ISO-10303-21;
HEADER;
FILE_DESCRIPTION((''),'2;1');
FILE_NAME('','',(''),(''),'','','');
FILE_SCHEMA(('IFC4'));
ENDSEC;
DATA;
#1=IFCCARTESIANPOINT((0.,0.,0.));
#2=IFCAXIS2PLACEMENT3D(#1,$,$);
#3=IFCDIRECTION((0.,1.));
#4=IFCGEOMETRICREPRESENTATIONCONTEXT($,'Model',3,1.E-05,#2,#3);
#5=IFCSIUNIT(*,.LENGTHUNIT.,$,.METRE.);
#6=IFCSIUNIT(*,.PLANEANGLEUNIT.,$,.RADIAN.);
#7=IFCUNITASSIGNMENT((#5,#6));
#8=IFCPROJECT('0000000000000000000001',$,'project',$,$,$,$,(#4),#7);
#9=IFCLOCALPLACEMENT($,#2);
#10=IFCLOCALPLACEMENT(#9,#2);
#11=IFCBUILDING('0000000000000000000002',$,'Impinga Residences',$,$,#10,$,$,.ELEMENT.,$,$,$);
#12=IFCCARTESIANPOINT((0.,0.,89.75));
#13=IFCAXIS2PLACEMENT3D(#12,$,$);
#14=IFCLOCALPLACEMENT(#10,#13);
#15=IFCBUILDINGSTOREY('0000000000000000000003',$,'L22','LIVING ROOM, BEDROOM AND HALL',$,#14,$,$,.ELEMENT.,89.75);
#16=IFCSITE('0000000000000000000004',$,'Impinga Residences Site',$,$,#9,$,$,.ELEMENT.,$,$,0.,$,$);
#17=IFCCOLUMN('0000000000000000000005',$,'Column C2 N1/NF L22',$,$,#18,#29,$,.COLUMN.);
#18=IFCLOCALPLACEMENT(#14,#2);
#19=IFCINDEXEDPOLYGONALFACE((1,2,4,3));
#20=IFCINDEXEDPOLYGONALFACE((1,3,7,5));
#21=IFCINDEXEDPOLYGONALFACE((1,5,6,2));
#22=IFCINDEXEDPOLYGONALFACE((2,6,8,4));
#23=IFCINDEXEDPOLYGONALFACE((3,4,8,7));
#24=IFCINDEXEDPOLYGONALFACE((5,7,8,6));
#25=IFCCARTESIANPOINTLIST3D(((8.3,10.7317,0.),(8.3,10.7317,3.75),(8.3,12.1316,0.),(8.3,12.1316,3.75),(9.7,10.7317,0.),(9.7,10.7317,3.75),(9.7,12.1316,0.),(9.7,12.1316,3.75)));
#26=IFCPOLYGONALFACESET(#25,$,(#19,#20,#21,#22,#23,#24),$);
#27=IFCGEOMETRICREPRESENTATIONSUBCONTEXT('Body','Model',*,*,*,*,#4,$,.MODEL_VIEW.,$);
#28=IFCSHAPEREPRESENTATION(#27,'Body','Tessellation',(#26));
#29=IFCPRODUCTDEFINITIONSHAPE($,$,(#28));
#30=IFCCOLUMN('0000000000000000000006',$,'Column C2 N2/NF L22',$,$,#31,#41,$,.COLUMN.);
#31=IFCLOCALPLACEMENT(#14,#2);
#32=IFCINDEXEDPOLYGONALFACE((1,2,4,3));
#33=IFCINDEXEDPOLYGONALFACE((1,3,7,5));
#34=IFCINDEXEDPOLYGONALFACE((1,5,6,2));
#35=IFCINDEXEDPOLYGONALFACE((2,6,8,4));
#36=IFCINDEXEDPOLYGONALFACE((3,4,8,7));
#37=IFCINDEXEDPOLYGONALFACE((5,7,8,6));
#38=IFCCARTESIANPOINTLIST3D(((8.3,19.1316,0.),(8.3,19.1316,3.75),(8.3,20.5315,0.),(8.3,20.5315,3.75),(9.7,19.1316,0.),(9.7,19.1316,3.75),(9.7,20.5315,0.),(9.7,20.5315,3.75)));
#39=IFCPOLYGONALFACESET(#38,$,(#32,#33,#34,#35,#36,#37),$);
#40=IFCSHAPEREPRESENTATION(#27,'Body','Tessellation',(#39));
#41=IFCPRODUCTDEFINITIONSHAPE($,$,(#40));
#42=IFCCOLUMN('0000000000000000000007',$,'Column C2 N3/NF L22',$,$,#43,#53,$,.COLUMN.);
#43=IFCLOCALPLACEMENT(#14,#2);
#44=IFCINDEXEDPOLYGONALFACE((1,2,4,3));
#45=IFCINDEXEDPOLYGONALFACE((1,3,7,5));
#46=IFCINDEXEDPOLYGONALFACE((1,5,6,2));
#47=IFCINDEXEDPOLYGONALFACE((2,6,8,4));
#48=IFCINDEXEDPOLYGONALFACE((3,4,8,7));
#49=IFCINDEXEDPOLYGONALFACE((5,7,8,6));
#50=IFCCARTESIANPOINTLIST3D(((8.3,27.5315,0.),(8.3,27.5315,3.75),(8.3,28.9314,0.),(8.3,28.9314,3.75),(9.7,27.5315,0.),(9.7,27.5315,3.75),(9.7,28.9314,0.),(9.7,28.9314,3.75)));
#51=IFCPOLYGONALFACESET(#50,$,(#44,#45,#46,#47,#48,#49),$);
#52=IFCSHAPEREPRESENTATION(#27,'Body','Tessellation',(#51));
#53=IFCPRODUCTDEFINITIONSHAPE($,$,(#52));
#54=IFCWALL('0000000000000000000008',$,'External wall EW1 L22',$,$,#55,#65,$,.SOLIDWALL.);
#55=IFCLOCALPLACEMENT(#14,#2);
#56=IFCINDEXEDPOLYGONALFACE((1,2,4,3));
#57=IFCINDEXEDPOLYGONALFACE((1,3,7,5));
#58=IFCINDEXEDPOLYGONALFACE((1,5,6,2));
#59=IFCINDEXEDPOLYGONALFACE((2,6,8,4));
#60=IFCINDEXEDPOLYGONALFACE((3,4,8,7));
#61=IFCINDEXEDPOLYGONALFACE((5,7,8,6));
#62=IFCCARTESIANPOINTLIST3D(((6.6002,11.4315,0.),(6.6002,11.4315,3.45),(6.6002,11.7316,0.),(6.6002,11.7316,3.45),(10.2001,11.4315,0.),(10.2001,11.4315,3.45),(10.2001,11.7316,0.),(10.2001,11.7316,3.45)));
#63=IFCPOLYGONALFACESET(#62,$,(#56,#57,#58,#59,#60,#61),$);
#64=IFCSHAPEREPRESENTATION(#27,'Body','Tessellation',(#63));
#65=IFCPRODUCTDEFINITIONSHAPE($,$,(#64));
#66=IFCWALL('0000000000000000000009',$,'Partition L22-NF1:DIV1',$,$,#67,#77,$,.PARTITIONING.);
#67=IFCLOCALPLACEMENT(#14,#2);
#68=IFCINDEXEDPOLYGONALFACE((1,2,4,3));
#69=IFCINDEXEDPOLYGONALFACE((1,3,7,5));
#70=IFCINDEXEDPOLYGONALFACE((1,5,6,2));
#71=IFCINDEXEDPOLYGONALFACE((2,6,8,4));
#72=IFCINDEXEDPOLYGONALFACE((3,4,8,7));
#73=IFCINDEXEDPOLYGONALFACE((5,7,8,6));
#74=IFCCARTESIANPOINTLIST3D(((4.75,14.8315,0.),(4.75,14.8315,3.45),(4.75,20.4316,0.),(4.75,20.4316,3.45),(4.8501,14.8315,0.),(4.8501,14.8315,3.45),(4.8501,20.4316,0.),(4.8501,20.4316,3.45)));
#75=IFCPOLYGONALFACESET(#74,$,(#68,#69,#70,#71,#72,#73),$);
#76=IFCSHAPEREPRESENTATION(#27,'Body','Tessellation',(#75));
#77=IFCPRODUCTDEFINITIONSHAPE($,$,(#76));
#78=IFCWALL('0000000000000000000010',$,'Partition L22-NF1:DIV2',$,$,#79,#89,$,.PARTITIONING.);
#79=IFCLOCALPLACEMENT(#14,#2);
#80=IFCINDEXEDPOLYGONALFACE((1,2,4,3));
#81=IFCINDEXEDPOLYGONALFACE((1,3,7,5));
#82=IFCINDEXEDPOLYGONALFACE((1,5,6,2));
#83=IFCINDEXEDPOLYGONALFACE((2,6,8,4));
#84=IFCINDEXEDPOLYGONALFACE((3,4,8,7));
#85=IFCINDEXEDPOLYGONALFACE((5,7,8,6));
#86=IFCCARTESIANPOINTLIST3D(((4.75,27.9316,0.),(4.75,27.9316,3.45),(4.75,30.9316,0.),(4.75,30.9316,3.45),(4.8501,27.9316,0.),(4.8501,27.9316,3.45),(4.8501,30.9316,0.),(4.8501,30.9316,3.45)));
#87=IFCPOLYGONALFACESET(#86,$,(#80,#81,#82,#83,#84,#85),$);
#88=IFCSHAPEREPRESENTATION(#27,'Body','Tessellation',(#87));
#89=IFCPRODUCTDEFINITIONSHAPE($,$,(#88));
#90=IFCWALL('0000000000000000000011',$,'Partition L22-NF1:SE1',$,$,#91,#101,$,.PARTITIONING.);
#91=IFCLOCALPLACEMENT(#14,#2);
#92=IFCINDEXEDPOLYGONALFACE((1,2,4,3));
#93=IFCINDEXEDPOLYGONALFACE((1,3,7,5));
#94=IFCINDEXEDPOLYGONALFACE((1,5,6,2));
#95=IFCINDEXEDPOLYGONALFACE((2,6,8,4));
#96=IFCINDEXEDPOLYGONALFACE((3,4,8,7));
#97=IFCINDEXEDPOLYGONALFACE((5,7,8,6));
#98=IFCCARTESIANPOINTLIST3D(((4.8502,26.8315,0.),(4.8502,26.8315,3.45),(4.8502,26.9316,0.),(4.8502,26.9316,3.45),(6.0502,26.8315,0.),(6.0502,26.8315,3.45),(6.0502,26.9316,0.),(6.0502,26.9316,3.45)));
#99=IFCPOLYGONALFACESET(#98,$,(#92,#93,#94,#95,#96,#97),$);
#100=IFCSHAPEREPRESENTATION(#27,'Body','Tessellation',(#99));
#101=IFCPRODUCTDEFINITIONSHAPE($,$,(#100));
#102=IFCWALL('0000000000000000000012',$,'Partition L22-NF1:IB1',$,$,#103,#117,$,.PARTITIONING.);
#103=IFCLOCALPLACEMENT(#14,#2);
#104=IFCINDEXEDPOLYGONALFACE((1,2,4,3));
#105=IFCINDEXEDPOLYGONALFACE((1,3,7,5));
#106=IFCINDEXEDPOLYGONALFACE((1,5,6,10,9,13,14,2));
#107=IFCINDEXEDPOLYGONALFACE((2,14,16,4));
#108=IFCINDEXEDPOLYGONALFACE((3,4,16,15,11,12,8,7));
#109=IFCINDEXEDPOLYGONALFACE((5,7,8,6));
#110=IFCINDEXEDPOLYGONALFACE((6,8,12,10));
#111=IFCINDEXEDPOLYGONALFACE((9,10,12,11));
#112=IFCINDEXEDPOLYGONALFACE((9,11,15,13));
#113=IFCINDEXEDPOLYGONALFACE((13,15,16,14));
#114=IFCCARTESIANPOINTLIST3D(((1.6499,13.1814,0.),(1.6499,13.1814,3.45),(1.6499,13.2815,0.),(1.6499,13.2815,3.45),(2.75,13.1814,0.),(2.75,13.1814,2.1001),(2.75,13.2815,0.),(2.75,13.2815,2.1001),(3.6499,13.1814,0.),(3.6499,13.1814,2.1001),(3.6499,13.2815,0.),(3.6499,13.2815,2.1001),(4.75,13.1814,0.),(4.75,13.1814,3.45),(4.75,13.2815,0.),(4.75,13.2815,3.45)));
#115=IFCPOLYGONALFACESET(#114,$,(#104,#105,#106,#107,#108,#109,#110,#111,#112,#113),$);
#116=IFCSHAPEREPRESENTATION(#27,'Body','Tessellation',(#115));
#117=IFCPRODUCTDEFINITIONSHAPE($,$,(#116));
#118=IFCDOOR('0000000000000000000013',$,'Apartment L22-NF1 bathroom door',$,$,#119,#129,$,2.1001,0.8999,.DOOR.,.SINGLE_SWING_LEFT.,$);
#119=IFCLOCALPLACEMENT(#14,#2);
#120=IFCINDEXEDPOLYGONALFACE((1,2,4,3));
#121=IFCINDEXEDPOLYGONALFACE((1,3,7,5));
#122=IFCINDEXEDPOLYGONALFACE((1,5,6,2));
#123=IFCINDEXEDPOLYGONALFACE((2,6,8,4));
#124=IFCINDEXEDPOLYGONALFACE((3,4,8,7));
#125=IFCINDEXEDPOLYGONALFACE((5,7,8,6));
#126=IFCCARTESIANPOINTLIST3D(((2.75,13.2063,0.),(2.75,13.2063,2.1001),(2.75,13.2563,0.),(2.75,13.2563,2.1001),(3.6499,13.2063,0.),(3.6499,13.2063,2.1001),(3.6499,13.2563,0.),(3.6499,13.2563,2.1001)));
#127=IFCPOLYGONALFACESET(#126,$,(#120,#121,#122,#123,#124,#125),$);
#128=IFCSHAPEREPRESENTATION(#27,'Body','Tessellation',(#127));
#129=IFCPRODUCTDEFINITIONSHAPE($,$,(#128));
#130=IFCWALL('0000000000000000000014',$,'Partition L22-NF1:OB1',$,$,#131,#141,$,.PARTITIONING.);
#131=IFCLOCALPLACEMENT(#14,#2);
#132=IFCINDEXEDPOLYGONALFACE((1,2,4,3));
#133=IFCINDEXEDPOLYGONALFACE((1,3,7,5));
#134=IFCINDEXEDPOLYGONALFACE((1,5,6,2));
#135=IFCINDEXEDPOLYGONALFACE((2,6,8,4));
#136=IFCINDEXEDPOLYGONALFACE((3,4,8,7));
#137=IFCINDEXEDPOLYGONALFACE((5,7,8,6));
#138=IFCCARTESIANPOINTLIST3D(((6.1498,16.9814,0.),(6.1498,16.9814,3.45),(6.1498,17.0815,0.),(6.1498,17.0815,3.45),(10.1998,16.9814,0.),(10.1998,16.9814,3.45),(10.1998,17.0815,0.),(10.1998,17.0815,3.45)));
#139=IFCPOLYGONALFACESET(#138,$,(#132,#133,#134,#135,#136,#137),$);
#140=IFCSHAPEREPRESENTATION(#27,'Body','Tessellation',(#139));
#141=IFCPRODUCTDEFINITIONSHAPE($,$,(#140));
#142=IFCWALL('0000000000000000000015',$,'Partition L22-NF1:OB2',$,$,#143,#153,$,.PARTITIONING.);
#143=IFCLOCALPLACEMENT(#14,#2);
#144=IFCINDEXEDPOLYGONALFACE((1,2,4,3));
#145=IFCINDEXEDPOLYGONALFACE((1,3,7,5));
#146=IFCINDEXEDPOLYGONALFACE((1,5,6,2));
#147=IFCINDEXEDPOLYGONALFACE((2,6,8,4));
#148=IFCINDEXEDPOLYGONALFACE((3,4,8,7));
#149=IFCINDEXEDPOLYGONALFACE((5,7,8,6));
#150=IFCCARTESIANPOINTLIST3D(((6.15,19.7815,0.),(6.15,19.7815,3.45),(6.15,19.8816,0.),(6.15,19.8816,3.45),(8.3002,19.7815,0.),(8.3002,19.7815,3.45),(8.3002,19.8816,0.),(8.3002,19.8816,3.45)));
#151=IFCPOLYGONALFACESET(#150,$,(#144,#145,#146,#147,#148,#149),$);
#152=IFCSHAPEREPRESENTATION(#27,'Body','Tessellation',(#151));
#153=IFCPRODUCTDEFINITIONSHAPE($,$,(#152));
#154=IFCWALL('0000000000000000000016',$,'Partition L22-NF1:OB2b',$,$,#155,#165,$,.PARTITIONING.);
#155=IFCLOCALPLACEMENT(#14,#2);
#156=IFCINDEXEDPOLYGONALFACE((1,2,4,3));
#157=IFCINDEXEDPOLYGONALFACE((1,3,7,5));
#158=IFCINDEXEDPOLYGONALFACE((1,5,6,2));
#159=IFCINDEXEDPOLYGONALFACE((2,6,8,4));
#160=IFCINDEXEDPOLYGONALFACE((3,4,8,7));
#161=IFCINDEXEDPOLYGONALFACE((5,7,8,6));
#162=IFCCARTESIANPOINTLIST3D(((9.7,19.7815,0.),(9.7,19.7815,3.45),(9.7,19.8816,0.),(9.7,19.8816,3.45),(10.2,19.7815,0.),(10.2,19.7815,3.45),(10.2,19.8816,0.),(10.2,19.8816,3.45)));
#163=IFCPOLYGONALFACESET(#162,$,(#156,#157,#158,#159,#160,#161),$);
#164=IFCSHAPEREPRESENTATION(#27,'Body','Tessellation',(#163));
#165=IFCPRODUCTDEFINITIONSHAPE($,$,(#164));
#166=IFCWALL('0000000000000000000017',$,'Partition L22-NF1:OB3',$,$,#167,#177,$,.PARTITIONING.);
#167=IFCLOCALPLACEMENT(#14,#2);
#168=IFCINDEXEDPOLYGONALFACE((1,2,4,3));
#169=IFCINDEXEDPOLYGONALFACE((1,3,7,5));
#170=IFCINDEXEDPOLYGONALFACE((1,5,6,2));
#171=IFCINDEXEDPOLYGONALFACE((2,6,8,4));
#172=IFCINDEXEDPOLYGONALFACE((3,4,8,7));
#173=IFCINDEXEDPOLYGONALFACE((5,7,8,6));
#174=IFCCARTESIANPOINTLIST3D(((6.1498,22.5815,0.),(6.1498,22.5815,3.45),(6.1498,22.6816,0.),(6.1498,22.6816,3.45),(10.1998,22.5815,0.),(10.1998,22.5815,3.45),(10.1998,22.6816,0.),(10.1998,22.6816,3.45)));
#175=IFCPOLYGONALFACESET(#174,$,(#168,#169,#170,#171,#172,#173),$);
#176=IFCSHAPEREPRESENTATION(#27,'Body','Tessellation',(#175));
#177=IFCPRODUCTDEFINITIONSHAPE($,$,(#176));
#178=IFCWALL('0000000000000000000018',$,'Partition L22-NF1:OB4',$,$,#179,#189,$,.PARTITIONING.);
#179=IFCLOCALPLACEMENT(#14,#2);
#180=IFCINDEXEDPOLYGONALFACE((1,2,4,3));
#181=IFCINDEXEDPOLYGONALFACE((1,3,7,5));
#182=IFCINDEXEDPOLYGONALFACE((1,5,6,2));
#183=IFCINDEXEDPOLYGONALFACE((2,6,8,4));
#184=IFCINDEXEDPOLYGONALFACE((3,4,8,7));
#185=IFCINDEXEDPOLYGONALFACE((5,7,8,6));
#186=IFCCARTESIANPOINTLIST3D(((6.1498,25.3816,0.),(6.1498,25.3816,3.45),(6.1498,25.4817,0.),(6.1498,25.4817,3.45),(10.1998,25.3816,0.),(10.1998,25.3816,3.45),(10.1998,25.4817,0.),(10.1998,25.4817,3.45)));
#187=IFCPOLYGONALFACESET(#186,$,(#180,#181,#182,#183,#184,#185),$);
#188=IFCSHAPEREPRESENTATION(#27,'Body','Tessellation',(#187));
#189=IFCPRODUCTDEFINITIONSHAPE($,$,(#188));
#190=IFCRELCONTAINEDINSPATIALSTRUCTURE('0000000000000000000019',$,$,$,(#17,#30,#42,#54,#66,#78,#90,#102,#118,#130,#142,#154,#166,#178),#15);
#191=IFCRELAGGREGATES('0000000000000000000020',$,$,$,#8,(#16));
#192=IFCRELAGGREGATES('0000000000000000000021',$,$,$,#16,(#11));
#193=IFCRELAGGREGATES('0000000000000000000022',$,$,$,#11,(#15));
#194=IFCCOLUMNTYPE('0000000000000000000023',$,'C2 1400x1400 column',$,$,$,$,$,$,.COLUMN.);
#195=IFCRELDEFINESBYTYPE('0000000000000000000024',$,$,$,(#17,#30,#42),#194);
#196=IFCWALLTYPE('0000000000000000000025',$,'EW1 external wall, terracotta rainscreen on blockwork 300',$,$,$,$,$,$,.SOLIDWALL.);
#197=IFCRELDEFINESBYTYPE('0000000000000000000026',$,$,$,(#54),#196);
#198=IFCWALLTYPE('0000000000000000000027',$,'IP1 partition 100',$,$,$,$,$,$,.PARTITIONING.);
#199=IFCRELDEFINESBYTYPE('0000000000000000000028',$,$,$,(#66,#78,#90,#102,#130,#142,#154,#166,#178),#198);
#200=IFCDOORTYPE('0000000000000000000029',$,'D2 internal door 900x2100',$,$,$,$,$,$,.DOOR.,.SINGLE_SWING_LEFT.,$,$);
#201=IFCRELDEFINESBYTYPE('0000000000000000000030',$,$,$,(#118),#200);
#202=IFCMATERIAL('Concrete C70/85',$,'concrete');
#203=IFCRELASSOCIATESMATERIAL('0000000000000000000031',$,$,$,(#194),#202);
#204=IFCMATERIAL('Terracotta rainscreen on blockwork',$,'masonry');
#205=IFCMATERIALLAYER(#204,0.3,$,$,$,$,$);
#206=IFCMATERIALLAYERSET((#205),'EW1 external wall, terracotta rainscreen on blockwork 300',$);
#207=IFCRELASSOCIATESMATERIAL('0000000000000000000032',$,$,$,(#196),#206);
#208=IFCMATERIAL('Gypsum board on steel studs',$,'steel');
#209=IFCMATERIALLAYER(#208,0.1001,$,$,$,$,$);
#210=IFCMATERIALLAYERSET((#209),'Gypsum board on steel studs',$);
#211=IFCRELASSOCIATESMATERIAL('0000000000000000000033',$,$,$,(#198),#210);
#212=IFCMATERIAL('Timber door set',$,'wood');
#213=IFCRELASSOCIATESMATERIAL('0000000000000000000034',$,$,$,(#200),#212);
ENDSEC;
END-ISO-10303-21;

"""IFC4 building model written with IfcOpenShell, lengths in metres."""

from ifc_helpers import new_model, si_unit, direction, frame, frame_2d, origin, origin_2d, place, context, subcontext, project, spatial, rectangle, extrude, material, layer, layer_set, material_profile, profile_set, type_object, element, fill, save


model = new_model("IFC4")

# Units and contexts
model_context = context("Model", 3, precision=1e-05, world=origin(), true_north=direction((0.0, 1.0)))
body_context = subcontext(model_context, "Body", "Model", "MODEL_VIEW")
ifc_project = project(units=[si_unit("LENGTHUNIT", "METRE"), si_unit("PLANEANGLEUNIT", "RADIAN")], contexts=[model_context])

# Site, building, storey
site_placement = place(None, origin())
site = spatial("IfcSite", under=ifc_project, at=site_placement, Name="Impinga Residences Site", CompositionType="ELEMENT", RefElevation=0.0)
building_placement = place(site_placement, origin())
building = spatial("IfcBuilding", under=site, at=building_placement, Name="Impinga Residences", CompositionType="ELEMENT")
storey_placement = place(building_placement, frame((0.0, 0.0, 89.75)))
storey = spatial("IfcBuildingStorey", under=building, at=storey_placement, Name="L22", Description="LIVING ROOM, BEDROOM AND HALL", CompositionType="ELEMENT", Elevation=89.75)

# Columns
ifc_material_1 = material(Name="Concrete C70/85", Category="concrete")
ifc_material_profile = material_profile(ifc_material_1, rectangle(XDim=1.3999, YDim=1.3999, at=origin_2d()), Name="RC 1400x1400")
ifc_profile_set = profile_set([ifc_material_profile], Name="Concrete C70/85")
column_type = type_object("IfcColumnType", Name="C2 1400x1400 column", PredefinedType="COLUMN", material=ifc_profile_set)
for number, where, z_axis, x_axis, name in (
    (1, (9.0, 11.4316, 0.0), (0.0, 0.0, 1.0), (1.0, 0.0, 0.0), "Column C2 N1/NF L22"),
    (2, (9.0, 19.8315, 0.0), (0.0, 0.0, 1.0), (1.0, 0.0, 0.0), "Column C2 N2/NF L22"),
    (3, (9.0, 28.2314, 0.0), (0.0, 0.0, 1.0), (1.0, 0.0, 0.0), "Column C2 N3/NF L22"),
):
    element("IfcColumn", number, at=place(storey_placement, frame(where, z_axis=z_axis, x_axis=x_axis)), inside=storey, type_object=column_type, Name=name, PredefinedType="COLUMN", context=body_context, shape_type="SweptSolid", body=[
        extrude(rectangle(XDim=1.3999, YDim=1.3999, at=origin_2d()), origin(), (0.0, 0.0, 1.0), 3.75),
    ])

# Walls
ifc_material_2 = material(Name="Terracotta rainscreen on blockwork", Category="masonry")
ifc_layer_1 = layer(ifc_material_2, 0.3)
ifc_layer_set_1 = layer_set([ifc_layer_1], Name="EW1 external wall, terracotta rainscreen on blockwork 300")
wall_type_1 = type_object("IfcWallType", Name="EW1 external wall, terracotta rainscreen on blockwork 300", PredefinedType="SOLIDWALL", material=ifc_layer_set_1)
wall_1_placement = place(storey_placement, frame((10.2, 11.5815, 0.0), z_axis=(0.0, 0.0, 1.0), x_axis=(-1.0, 0.0, 0.0)))
element("IfcWall", 4, at=wall_1_placement, inside=storey, type_object=wall_type_1, Name="External wall EW1 L22", PredefinedType="SOLIDWALL", context=body_context, shape_type="SweptSolid", body=[
    extrude(rectangle(XDim=3.5999, YDim=0.3, at=frame_2d((1.7998, 0.0))), origin(), (0.0, 0.0, 1.0), 3.45),
])
ifc_material_3 = material(Name="Gypsum board on steel studs", Category="steel")
ifc_layer_2 = layer(ifc_material_3, 0.1001)
ifc_layer_set_2 = layer_set([ifc_layer_2], Name="Gypsum board on steel studs")
wall_type_2 = type_object("IfcWallType", Name="IP1 partition 100", PredefinedType="PARTITIONING", material=ifc_layer_set_2)
wall_2_placement = place(storey_placement, frame((4.8, 14.8315, 0.0), z_axis=(0.0, 0.0, 1.0), x_axis=(0.0, 1.0, 0.0)))
element("IfcWall", 5, at=wall_2_placement, inside=storey, type_object=wall_type_2, Name="Partition L22-NF1:DIV1", PredefinedType="PARTITIONING", context=body_context, shape_type="SweptSolid", body=[
    extrude(rectangle(XDim=5.6001, YDim=0.1001, at=frame_2d((2.8, 0.0))), origin(), (0.0, 0.0, 1.0), 3.45),
])
wall_3_placement = place(storey_placement, frame((4.8, 27.9316, 0.0), z_axis=(0.0, 0.0, 1.0), x_axis=(0.0, 1.0, 0.0)))
element("IfcWall", 6, at=wall_3_placement, inside=storey, type_object=wall_type_2, Name="Partition L22-NF1:DIV2", PredefinedType="PARTITIONING", context=body_context, shape_type="SweptSolid", body=[
    extrude(rectangle(XDim=3.0, YDim=0.1001, at=frame_2d((1.5, 0.0))), origin(), (0.0, 0.0, 1.0), 3.45),
])
wall_4_placement = place(storey_placement, frame((4.8501, 26.8816, 0.0), z_axis=(0.0, 0.0, 1.0), x_axis=(1.0, 0.0, 0.0)))
element("IfcWall", 7, at=wall_4_placement, inside=storey, type_object=wall_type_2, Name="Partition L22-NF1:SE1", PredefinedType="PARTITIONING", context=body_context, shape_type="SweptSolid", body=[
    extrude(rectangle(XDim=1.2, YDim=0.1001, at=frame_2d((0.6001, 0.0))), origin(), (0.0, 0.0, 1.0), 3.45),
])

# Wall, opening, door
wall_5_placement = place(storey_placement, frame((1.6499, 13.2314, 0.0), z_axis=(0.0, 0.0, 1.0), x_axis=(1.0, 0.0, 0.0)))
wall_5 = element("IfcWall", 8, at=wall_5_placement, inside=storey, type_object=wall_type_2, Name="Partition L22-NF1:IB1", PredefinedType="PARTITIONING", context=body_context, shape_type="SweptSolid", body=[
    extrude(rectangle(XDim=3.1001, YDim=0.1001, at=frame_2d((1.55, 0.0))), origin(), (0.0, 0.0, 1.0), 3.45),
])
opening_1_placement = place(wall_5_placement, frame((1.1001, 0.0, 0.0)))
opening_1 = element("IfcOpeningElement", 9, at=opening_1_placement, cuts=wall_5, PredefinedType="OPENING", context=body_context, shape_type="SweptSolid", body=[
    extrude(rectangle(XDim=0.8999, YDim=2.1001, at=frame_2d((0.45, 1.05))), frame((0.0, 0.0601, 0.0), z_axis=(0.0, -1.0, 0.0), x_axis=(1.0, 0.0, 0.0)), (0.0, 0.0, 1.0), 0.1201),
])
ifc_material_4 = material(Name="Timber door set", Category="wood")
door_type = type_object("IfcDoorType", Name="D2 internal door 900x2100", OperationType="SINGLE_SWING_LEFT", PredefinedType="DOOR", material=ifc_material_4)
door_1_placement = place(opening_1_placement, origin())
door_1 = element("IfcDoor", 10, at=door_1_placement, inside=storey, type_object=door_type, Name="Apartment L22-NF1 bathroom door", OperationType="SINGLE_SWING_LEFT", OverallHeight=2.1001, OverallWidth=0.8999, PredefinedType="DOOR", context=body_context, shape_type="SweptSolid", body=[
    extrude(rectangle(XDim=0.8999, YDim=2.1001, at=frame_2d((0.45, 1.05))), frame((0.0, 0.0249, 0.0), z_axis=(0.0, -1.0, 0.0), x_axis=(1.0, 0.0, 0.0)), (0.0, 0.0, 1.0), 0.05),
])
fill(opening_1, door_1)

# Walls
wall_6_placement = place(storey_placement, frame((6.1499, 17.0315, 0.0), z_axis=(0.0, 0.0, 1.0), x_axis=(1.0, 0.0, 0.0)))
element("IfcWall", 11, at=wall_6_placement, inside=storey, type_object=wall_type_2, Name="Partition L22-NF1:OB1", PredefinedType="PARTITIONING", context=body_context, shape_type="SweptSolid", body=[
    extrude(rectangle(XDim=4.05, YDim=0.1001, at=frame_2d((2.0249, 0.0))), origin(), (0.0, 0.0, 1.0), 3.45),
])
wall_7_placement = place(storey_placement, frame((6.1499, 19.8315, 0.0), z_axis=(0.0, 0.0, 1.0), x_axis=(1.0, 0.0, 0.0)))
element("IfcWall", 12, at=wall_7_placement, inside=storey, type_object=wall_type_2, Name="Partition L22-NF1:OB2", PredefinedType="PARTITIONING", context=body_context, shape_type="SweptSolid", body=[
    extrude(rectangle(XDim=2.1501, YDim=0.1001, at=frame_2d((1.0752, 0.0))), origin(), (0.0, 0.0, 1.0), 3.45),
])
wall_8_placement = place(storey_placement, frame((9.7, 19.8315, 0.0), z_axis=(0.0, 0.0, 1.0), x_axis=(1.0, 0.0, 0.0)))
element("IfcWall", 13, at=wall_8_placement, inside=storey, type_object=wall_type_2, Name="Partition L22-NF1:OB2b", PredefinedType="PARTITIONING", context=body_context, shape_type="SweptSolid", body=[
    extrude(rectangle(XDim=0.5, YDim=0.1001, at=frame_2d((0.25, 0.0))), origin(), (0.0, 0.0, 1.0), 3.45),
])
for number, where, z_axis, x_axis, name in (
    (14, (6.1499, 22.6316, 0.0), (0.0, 0.0, 1.0), (1.0, 0.0, 0.0), "Partition L22-NF1:OB3"),
    (15, (6.1499, 25.4316, 0.0), (0.0, 0.0, 1.0), (1.0, 0.0, 0.0), "Partition L22-NF1:OB4"),
):
    element("IfcWall", number, at=place(storey_placement, frame(where, z_axis=z_axis, x_axis=x_axis)), inside=storey, type_object=wall_type_2, Name=name, PredefinedType="PARTITIONING", context=body_context, shape_type="SweptSolid", body=[
        extrude(rectangle(XDim=4.05, YDim=0.1001, at=frame_2d((2.0249, 0.0))), origin(), (0.0, 0.0, 1.0), 3.45),
    ])

save(model, "model.ifc")
